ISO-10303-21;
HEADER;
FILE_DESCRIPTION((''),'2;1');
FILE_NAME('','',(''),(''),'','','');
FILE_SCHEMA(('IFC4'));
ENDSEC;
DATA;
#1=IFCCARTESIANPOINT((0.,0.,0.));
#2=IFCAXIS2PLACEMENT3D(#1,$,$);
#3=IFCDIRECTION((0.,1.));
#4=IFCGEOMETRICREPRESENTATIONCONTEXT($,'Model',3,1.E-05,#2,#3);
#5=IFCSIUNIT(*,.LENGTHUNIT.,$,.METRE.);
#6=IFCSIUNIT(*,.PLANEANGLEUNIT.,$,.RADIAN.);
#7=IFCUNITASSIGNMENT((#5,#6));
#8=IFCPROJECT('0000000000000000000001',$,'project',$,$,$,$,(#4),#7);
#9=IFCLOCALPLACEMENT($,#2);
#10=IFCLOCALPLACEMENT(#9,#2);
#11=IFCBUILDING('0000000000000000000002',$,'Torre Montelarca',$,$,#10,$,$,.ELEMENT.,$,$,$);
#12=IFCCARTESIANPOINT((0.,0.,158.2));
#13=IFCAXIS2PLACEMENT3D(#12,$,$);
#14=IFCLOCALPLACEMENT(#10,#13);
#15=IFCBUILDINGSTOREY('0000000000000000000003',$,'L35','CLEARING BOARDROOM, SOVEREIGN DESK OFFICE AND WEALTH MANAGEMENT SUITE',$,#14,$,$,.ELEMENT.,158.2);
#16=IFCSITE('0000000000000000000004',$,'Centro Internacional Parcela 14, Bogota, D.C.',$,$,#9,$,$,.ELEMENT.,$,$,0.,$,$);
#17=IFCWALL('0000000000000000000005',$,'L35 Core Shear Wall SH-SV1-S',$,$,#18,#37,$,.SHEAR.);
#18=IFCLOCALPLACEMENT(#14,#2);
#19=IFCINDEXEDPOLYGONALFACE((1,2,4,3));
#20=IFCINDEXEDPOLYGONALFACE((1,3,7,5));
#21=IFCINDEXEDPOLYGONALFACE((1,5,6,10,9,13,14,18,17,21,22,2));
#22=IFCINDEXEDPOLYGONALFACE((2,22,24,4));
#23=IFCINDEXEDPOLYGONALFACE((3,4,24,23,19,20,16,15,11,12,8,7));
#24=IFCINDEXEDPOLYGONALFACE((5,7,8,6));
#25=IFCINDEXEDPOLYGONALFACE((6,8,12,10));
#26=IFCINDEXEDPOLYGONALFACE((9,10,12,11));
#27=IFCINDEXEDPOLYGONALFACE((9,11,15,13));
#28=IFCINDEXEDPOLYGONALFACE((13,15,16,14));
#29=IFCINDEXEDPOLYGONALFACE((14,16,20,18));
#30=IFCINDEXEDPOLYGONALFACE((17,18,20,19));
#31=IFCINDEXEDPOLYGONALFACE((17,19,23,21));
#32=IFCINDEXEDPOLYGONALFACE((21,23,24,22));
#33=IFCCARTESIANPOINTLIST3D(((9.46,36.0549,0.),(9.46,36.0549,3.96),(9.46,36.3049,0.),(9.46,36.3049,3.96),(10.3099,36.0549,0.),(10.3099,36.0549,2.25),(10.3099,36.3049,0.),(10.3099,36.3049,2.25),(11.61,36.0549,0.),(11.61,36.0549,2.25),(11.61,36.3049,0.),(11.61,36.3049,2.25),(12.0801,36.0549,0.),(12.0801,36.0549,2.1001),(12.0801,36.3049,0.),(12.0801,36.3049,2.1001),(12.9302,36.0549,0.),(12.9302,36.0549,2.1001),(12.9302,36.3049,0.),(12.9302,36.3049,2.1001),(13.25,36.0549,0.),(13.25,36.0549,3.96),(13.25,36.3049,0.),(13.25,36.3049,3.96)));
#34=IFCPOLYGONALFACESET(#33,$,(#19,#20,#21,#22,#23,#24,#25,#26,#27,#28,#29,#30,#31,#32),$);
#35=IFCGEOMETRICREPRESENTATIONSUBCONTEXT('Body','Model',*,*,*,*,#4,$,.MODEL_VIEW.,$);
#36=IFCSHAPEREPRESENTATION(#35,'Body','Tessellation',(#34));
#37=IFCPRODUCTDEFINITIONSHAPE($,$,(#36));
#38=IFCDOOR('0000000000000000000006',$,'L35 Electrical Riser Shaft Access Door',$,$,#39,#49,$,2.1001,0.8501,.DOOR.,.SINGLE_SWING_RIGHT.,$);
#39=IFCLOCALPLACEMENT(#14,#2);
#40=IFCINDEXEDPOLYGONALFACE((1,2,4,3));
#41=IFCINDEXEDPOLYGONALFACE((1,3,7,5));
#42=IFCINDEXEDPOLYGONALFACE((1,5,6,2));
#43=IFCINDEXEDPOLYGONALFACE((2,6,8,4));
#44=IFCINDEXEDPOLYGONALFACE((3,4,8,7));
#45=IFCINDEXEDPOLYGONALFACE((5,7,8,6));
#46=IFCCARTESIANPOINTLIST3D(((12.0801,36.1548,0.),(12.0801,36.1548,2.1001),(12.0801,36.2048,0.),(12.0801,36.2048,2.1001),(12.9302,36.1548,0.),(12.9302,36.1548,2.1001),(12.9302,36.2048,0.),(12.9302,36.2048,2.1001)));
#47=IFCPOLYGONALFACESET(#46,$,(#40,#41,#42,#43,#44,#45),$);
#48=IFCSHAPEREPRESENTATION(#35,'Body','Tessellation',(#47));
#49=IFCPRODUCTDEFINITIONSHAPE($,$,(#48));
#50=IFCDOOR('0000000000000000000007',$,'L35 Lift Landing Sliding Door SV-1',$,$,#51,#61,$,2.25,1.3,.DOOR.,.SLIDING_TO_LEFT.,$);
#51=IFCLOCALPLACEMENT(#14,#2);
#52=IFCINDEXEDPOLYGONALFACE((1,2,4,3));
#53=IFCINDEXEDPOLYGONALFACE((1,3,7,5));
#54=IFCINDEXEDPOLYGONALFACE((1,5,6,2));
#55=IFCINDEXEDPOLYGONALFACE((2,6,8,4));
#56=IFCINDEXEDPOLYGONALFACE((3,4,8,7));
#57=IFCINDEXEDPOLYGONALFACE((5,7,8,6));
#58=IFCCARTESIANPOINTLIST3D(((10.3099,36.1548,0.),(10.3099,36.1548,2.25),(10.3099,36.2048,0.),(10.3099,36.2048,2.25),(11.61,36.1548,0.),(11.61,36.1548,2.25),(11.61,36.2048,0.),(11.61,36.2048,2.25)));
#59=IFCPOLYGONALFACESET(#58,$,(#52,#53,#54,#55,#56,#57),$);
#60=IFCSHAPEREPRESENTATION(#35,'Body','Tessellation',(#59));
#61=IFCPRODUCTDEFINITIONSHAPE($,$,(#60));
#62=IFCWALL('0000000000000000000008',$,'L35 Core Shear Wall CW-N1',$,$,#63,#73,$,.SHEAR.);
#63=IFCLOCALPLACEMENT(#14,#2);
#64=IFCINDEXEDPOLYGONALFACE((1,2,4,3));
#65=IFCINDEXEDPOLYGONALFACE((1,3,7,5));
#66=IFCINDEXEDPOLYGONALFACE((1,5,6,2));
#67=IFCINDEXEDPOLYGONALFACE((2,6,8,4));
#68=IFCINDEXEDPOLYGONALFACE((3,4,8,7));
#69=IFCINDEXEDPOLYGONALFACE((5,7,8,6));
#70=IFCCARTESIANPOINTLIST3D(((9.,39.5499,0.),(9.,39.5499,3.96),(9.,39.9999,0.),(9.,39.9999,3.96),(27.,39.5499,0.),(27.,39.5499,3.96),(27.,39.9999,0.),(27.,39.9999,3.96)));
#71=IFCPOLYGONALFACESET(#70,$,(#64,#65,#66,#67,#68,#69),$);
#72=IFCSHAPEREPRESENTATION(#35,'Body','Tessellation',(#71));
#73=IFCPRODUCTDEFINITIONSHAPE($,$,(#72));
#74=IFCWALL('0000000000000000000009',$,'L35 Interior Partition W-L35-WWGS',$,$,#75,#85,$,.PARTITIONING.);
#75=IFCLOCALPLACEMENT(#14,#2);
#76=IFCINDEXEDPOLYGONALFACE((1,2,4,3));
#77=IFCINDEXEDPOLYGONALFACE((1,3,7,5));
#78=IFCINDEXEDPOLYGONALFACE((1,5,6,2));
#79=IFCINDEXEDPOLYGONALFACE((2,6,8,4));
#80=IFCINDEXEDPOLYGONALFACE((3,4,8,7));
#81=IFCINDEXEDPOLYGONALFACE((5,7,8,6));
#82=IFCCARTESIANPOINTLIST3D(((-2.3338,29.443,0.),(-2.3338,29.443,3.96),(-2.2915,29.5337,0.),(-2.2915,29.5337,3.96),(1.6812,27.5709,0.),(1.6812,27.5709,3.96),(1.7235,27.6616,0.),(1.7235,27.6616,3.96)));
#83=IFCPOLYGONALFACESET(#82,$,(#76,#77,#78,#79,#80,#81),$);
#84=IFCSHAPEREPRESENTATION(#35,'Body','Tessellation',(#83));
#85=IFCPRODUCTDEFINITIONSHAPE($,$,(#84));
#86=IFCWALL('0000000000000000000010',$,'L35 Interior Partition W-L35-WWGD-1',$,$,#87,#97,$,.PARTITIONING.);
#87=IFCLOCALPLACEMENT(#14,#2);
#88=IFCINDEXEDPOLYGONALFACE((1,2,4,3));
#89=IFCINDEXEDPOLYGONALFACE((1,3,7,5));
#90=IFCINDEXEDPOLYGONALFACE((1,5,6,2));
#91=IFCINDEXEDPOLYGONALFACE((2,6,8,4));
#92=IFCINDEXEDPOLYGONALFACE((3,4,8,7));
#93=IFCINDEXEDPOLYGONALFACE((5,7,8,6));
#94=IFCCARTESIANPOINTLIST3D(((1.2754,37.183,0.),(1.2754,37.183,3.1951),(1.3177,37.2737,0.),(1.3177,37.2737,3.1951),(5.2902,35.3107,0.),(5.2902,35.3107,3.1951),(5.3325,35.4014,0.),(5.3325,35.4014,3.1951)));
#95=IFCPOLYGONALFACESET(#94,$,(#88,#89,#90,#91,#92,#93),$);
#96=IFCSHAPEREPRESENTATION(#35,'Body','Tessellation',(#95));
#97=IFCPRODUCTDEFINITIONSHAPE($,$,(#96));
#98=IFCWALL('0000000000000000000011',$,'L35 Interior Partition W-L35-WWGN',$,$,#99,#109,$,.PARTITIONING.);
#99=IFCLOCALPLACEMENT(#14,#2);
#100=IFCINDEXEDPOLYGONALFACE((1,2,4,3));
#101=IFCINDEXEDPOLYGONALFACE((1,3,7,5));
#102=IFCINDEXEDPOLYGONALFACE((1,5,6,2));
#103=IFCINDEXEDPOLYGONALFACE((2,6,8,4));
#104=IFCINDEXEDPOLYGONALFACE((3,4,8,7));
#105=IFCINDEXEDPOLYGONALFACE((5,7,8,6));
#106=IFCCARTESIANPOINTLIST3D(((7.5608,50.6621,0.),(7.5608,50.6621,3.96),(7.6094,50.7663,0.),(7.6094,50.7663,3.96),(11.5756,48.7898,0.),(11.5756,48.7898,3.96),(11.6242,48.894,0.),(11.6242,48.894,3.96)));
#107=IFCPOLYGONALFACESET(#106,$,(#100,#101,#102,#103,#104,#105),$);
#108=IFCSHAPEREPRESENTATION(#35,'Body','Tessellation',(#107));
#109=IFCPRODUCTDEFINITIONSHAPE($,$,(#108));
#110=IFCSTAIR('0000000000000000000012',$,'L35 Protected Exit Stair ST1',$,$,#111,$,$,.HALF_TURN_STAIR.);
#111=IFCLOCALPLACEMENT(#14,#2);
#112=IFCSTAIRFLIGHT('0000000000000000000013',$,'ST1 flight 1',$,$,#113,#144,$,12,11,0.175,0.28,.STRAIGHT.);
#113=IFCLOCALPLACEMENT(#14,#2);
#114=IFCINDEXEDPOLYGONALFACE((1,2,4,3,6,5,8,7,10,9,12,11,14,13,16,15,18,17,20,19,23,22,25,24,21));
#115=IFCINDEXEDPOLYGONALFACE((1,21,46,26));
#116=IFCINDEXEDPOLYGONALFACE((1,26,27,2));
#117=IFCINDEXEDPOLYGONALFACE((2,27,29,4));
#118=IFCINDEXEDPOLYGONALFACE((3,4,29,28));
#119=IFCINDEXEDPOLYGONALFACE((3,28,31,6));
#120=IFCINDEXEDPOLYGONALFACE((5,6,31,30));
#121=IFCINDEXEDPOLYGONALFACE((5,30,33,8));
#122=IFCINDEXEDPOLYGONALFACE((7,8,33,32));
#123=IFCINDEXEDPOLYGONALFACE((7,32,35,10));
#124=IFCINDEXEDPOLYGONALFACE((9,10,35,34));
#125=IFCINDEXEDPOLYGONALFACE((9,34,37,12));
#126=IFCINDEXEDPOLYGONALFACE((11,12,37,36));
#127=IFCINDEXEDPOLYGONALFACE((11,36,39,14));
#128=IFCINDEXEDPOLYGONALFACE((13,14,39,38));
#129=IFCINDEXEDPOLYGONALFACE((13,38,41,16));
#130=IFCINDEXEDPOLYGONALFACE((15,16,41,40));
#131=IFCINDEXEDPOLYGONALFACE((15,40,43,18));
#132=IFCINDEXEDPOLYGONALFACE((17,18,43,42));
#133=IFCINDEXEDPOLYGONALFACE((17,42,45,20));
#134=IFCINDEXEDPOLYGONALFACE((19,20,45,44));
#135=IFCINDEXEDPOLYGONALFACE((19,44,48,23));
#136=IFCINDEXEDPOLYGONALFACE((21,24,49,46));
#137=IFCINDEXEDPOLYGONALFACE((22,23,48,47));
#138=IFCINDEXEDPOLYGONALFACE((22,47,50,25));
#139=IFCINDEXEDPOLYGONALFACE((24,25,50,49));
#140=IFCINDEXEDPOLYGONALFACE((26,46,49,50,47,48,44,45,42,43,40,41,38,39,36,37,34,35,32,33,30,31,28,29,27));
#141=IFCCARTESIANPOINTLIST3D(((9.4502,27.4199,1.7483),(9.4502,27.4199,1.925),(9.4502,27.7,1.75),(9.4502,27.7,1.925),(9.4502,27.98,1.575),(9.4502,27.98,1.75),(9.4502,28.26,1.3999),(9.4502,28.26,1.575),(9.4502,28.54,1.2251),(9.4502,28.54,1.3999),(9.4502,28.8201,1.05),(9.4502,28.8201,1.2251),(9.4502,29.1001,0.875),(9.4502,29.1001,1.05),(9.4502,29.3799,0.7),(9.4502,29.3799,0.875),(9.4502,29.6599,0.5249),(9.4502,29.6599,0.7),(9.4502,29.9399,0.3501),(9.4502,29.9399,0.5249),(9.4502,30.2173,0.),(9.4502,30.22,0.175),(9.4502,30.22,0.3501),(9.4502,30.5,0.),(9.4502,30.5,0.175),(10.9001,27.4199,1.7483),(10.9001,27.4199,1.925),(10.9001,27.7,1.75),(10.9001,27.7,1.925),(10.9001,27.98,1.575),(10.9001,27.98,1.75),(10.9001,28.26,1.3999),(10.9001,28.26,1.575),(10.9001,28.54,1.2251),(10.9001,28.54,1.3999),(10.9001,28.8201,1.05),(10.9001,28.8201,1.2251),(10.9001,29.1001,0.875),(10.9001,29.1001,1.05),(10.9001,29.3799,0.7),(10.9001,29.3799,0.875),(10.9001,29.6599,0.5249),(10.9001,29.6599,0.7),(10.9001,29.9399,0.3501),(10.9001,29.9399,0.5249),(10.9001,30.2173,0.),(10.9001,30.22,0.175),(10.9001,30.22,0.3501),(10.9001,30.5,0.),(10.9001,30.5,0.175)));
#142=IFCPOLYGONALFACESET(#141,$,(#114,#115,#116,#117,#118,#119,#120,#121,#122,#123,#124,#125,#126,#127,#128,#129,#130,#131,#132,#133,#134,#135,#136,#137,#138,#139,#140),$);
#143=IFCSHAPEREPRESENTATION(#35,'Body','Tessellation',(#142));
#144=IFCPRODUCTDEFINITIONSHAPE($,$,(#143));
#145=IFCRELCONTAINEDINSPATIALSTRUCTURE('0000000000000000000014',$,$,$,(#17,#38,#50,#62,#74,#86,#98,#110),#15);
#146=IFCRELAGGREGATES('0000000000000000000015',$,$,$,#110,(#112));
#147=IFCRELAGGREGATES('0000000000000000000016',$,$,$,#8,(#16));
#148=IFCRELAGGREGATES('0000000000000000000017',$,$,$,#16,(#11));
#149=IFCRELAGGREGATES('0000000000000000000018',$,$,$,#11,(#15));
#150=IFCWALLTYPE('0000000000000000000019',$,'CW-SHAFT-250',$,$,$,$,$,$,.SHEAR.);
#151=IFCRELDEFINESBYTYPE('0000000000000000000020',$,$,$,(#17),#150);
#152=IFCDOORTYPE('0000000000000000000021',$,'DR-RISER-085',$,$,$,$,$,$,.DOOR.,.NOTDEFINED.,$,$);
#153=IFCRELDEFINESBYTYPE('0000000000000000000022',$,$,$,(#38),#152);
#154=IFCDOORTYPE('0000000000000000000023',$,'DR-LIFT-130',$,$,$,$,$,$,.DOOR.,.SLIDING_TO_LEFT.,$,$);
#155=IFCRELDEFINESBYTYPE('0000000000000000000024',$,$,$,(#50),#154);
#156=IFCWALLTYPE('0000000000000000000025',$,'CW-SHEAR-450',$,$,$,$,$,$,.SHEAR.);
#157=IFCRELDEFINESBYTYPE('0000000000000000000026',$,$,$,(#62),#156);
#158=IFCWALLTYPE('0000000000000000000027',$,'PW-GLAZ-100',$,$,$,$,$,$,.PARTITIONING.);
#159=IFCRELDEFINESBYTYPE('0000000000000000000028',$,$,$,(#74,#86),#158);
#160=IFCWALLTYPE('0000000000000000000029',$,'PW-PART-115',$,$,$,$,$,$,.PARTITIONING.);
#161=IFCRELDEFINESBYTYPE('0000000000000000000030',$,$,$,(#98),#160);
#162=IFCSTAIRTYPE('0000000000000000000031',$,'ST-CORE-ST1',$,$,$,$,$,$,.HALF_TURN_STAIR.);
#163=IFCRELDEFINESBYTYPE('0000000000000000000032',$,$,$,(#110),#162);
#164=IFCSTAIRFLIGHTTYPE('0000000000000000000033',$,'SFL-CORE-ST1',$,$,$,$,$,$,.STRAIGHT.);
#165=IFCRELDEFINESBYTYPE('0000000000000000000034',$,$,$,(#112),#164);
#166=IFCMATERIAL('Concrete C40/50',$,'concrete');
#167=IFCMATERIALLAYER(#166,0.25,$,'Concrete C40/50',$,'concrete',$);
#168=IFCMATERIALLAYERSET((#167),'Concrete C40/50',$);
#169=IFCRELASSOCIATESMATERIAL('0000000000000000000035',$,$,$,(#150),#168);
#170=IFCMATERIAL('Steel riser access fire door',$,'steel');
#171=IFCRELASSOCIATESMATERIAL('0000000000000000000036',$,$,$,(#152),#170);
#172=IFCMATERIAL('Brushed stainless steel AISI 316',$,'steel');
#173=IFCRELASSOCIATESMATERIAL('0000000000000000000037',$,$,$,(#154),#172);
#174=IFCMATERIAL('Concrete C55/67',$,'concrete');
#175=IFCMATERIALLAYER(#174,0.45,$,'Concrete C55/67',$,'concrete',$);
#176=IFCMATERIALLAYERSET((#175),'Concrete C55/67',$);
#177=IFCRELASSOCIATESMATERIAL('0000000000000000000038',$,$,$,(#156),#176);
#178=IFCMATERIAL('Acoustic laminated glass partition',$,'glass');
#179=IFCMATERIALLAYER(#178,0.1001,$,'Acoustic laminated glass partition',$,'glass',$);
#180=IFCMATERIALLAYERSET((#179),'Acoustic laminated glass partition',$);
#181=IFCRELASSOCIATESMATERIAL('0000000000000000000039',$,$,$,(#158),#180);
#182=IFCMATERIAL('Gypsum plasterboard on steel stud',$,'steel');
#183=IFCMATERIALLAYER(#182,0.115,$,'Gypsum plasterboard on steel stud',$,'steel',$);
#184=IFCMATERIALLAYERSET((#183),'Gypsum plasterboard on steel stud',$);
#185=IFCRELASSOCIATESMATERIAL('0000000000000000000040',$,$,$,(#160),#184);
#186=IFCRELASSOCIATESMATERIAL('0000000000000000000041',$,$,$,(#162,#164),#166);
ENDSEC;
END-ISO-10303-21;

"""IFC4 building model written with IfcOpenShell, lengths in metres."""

from ifc_helpers import new_model, si_unit, direction, frame, frame_2d, origin, place, context, subcontext, project, spatial, polyline, rectangle, outline, extrude, source, transform, mapped, material, layer, layer_set, type_object, element, fill, aggregate, save


model = new_model("IFC4")

# Units and contexts
model_context = context("Model", 3, precision=1e-05, world=origin(), true_north=direction((0.0, 1.0)))
body_context = subcontext(model_context, "Body", "Model", "MODEL_VIEW")
ifc_project = project(units=[si_unit("LENGTHUNIT", "METRE"), si_unit("PLANEANGLEUNIT", "RADIAN")], contexts=[model_context])

# Site, building, storey
site_placement = place(None, origin())
site = spatial("IfcSite", under=ifc_project, at=site_placement, Name="Centro Internacional Parcela 14, Bogota, D.C.", CompositionType="ELEMENT", RefElevation=0.0)
building_placement = place(site_placement, origin())
building = spatial("IfcBuilding", under=site, at=building_placement, Name="Torre Montelarca", CompositionType="ELEMENT")
storey_placement = place(building_placement, frame((0.0, 0.0, 158.2)))
storey = spatial("IfcBuildingStorey", under=building, at=storey_placement, Name="L35", Description="CLEARING BOARDROOM, SOVEREIGN DESK OFFICE AND WEALTH MANAGEMENT SUITE", CompositionType="ELEMENT", Elevation=158.2)

# Shared definitions
ifc_material_1 = material(Name="Concrete C55/67", Category="concrete")

# Shared definitions
ifc_material_2 = material(Name="Concrete C40/50", Category="concrete")
ifc_layer_1 = layer(ifc_material_2, 0.25, Name="Concrete C40/50", Category="concrete")
ifc_layer_set_1 = layer_set([ifc_layer_1], Name="Concrete C40/50")
wall_type_1 = type_object("IfcWallType", Name="CW-SHAFT-250", PredefinedType="SHEAR", material=ifc_layer_set_1)

# Wall, openings, doors
wall_1_placement = place(storey_placement, frame((9.46, 36.1799, 0.0), z_axis=(0.0, 0.0, 1.0), x_axis=(1.0, 0.0, 0.0)))
wall_1 = element("IfcWall", 1, at=wall_1_placement, inside=storey, type_object=wall_type_1, Name="L35 Core Shear Wall SH-SV1-S", PredefinedType="SHEAR", context=body_context, shape_type="SweptSolid", body=[
    extrude(rectangle(XDim=3.79, YDim=0.25, at=frame_2d((1.895, 0.0))), origin(), (0.0, 0.0, 1.0), 3.96),
])
opening_1_placement = place(wall_1_placement, frame((2.6201, 0.0, 0.0)))
opening_1 = element("IfcOpeningElement", 2, at=opening_1_placement, cuts=wall_1, PredefinedType="OPENING", context=body_context, shape_type="SweptSolid", body=[
    extrude(rectangle(XDim=0.8501, YDim=2.1001, at=frame_2d((0.425, 1.05))), frame((0.0, 0.135, 0.0), z_axis=(0.0, -1.0, 0.0), x_axis=(1.0, 0.0, 0.0)), (0.0, 0.0, 1.0), 0.27),
])
opening_2_placement = place(wall_1_placement, frame((0.8501, 0.0, 0.0)))
opening_2 = element("IfcOpeningElement", 3, at=opening_2_placement, cuts=wall_1, PredefinedType="OPENING", context=body_context, shape_type="SweptSolid", body=[
    extrude(rectangle(XDim=1.3, YDim=2.25, at=frame_2d((0.6499, 1.125))), frame((0.0, 0.135, 0.0), z_axis=(0.0, -1.0, 0.0), x_axis=(1.0, 0.0, 0.0)), (0.0, 0.0, 1.0), 0.27),
])
ifc_material_3 = material(Name="Steel riser access fire door", Category="steel")
door_type_1 = type_object("IfcDoorType", Name="DR-RISER-085", OperationType="NOTDEFINED", PredefinedType="DOOR", material=ifc_material_3)
shared_shape_1 = source(origin(), body_context, "Body", "SweptSolid", [
    extrude(rectangle(XDim=0.8501, YDim=2.1001, at=frame_2d((0.425, 1.05))), frame((0.0, 0.0249, 0.0), z_axis=(0.0, -1.0, 0.0), x_axis=(1.0, 0.0, 0.0)), (0.0, 0.0, 1.0), 0.05),
])
door_1_placement = place(opening_1_placement, origin())
door_1 = element("IfcDoor", 4, at=door_1_placement, inside=storey, type_object=door_type_1, Name="L35 Electrical Riser Shaft Access Door", OperationType="SINGLE_SWING_RIGHT", OverallHeight=2.1001, OverallWidth=0.8501, PredefinedType="DOOR", context=body_context, shape_type="MappedRepresentation", body=[
    mapped(shared_shape_1, transform((0.0, 0.0, 0.0), scale=1.0)),
])
fill(opening_1, door_1)
ifc_material_4 = material(Name="Brushed stainless steel AISI 316", Category="steel")
door_type_2 = type_object("IfcDoorType", Name="DR-LIFT-130", OperationType="SLIDING_TO_LEFT", PredefinedType="DOOR", material=ifc_material_4)
shared_shape_2 = source(origin(), body_context, "Body", "SweptSolid", [
    extrude(rectangle(XDim=1.3, YDim=2.25, at=frame_2d((0.6499, 1.125))), frame((0.0, 0.0249, 0.0), z_axis=(0.0, -1.0, 0.0), x_axis=(1.0, 0.0, 0.0)), (0.0, 0.0, 1.0), 0.05),
])
door_2_placement = place(opening_2_placement, origin())
door_2 = element("IfcDoor", 5, at=door_2_placement, inside=storey, type_object=door_type_2, Name="L35 Lift Landing Sliding Door SV-1", OperationType="SLIDING_TO_LEFT", OverallHeight=2.25, OverallWidth=1.3, PredefinedType="DOOR", context=body_context, shape_type="MappedRepresentation", body=[
    mapped(shared_shape_2, transform((0.0, 0.0, 0.0), scale=1.0)),
])
fill(opening_2, door_2)

# Wall
ifc_layer_2 = layer(ifc_material_1, 0.45, Name="Concrete C55/67", Category="concrete")
ifc_layer_set_2 = layer_set([ifc_layer_2], Name="Concrete C55/67")
wall_type_2 = type_object("IfcWallType", Name="CW-SHEAR-450", PredefinedType="SHEAR", material=ifc_layer_set_2)
wall_2_placement = place(storey_placement, frame((9.0, 39.7749, 0.0), z_axis=(0.0, 0.0, 1.0), x_axis=(1.0, 0.0, 0.0)))
element("IfcWall", 6, at=wall_2_placement, inside=storey, type_object=wall_type_2, Name="L35 Core Shear Wall CW-N1", PredefinedType="SHEAR", context=body_context, shape_type="SweptSolid", body=[
    extrude(rectangle(XDim=18.0, YDim=0.45, at=frame_2d((9.0, 0.0))), origin(), (0.0, 0.0, 1.0), 3.96),
])

# Shared definitions
ifc_material_5 = material(Name="Gypsum plasterboard on steel stud", Category="steel")

# Walls
ifc_material_6 = material(Name="Acoustic laminated glass partition", Category="glass")
ifc_layer_3 = layer(ifc_material_6, 0.1001, Name="Acoustic laminated glass partition", Category="glass")
ifc_layer_set_3 = layer_set([ifc_layer_3], Name="Acoustic laminated glass partition")
wall_type_3 = type_object("IfcWallType", Name="PW-GLAZ-100", PredefinedType="PARTITIONING", material=ifc_layer_set_3)
wall_3_placement = place(storey_placement, frame((-2.3125, 29.4883, 0.0), z_axis=(0.0, 0.0, 1.0), x_axis=(0.906317, -0.422599, 0.0)))
element("IfcWall", 7, at=wall_3_placement, inside=storey, type_object=wall_type_3, Name="L35 Interior Partition W-L35-WWGS", PredefinedType="PARTITIONING", context=body_context, shape_type="SweptSolid", body=[
    extrude(rectangle(XDim=4.4299, YDim=0.1001, at=frame_2d((2.2148, 0.0))), origin(), (0.0, 0.0, 1.0), 3.96),
])
wall_4_placement = place(storey_placement, frame((1.2966, 37.2283, 0.0), z_axis=(0.0, 0.0, 1.0), x_axis=(0.906296, -0.422644, 0.0)))
element("IfcWall", 8, at=wall_4_placement, inside=storey, type_object=wall_type_3, Name="L35 Interior Partition W-L35-WWGD-1", PredefinedType="PARTITIONING", context=body_context, shape_type="SweptSolid", body=[
    extrude(rectangle(XDim=4.4299, YDim=0.1001, at=frame_2d((2.2148, 0.0))), origin(), (0.0, 0.0, 1.0), 3.1951),
])
ifc_layer_4 = layer(ifc_material_5, 0.115, Name="Gypsum plasterboard on steel stud", Category="steel")
ifc_layer_set_4 = layer_set([ifc_layer_4], Name="Gypsum plasterboard on steel stud")
wall_type_4 = type_object("IfcWallType", Name="PW-PART-115", PredefinedType="PARTITIONING", material=ifc_layer_set_4)
wall_5_placement = place(storey_placement, frame((7.5852, 50.7141, 0.0), z_axis=(0.0, 0.0, 1.0), x_axis=(0.906296, -0.422644, 0.0)))
element("IfcWall", 9, at=wall_5_placement, inside=storey, type_object=wall_type_4, Name="L35 Interior Partition W-L35-WWGN", PredefinedType="PARTITIONING", context=body_context, shape_type="SweptSolid", body=[
    extrude(rectangle(XDim=4.4299, YDim=0.115, at=frame_2d((2.2148, 0.0))), origin(), (0.0, 0.0, 1.0), 3.96),
])

# Stair, stair flight
stair_type = type_object("IfcStairType", Name="ST-CORE-ST1", PredefinedType="HALF_TURN_STAIR", material=ifc_material_2)
stair_placement = place(storey_placement, origin())
stair = element("IfcStair", 10, at=stair_placement, inside=storey, type_object=stair_type, Name="L35 Protected Exit Stair ST1", PredefinedType="HALF_TURN_STAIR")
stair_flight_type = type_object("IfcStairFlightType", Name="SFL-CORE-ST1", PredefinedType="STRAIGHT", material=ifc_material_2)
stair_flight_placement = place(storey_placement, frame((10.175, 30.5, 0.0), z_axis=(0.0, 0.0, 1.0), x_axis=(0.0, -1.0, 0.0)))
stair_flight = element("IfcStairFlight", 11, at=stair_flight_placement, type_object=stair_flight_type, Name="ST1 flight 1", NumberOfRisers=12, NumberOfTreads=11, PredefinedType="STRAIGHT", RiserHeight=0.175, TreadLength=0.28, context=body_context, shape_type="SweptSolid", body=[
    extrude(outline(polyline([(0.0, 0.0), (0.0, 0.175), (0.28, 0.175), (0.28, 0.3501), (0.5601, 0.3501), (0.5601, 0.5249), (0.8401, 0.5249), (0.8401, 0.7), (1.1201, 0.7), (1.1201, 0.875), (1.3999, 0.875), (1.3999, 1.05), (1.6799, 1.05), (1.6799, 1.2251), (1.96, 1.2251), (1.96, 1.3999), (2.24, 1.3999), (2.24, 1.575), (2.52, 1.575), (2.52, 1.75), (2.8, 1.75), (2.8, 1.925), (3.0801, 1.925), (3.0801, 2.1001), (3.0801, 1.7483), (0.2827, 0.0), (0.0, 0.0)])), frame((0.0, 0.7251, 0.0), z_axis=(0.0, -1.0, 0.0), x_axis=(1.0, 0.0, 0.0)), (0.0, 0.0, 1.0), 1.45),
])
aggregate(stair, [stair_flight])

save(model, "model.ifc")
